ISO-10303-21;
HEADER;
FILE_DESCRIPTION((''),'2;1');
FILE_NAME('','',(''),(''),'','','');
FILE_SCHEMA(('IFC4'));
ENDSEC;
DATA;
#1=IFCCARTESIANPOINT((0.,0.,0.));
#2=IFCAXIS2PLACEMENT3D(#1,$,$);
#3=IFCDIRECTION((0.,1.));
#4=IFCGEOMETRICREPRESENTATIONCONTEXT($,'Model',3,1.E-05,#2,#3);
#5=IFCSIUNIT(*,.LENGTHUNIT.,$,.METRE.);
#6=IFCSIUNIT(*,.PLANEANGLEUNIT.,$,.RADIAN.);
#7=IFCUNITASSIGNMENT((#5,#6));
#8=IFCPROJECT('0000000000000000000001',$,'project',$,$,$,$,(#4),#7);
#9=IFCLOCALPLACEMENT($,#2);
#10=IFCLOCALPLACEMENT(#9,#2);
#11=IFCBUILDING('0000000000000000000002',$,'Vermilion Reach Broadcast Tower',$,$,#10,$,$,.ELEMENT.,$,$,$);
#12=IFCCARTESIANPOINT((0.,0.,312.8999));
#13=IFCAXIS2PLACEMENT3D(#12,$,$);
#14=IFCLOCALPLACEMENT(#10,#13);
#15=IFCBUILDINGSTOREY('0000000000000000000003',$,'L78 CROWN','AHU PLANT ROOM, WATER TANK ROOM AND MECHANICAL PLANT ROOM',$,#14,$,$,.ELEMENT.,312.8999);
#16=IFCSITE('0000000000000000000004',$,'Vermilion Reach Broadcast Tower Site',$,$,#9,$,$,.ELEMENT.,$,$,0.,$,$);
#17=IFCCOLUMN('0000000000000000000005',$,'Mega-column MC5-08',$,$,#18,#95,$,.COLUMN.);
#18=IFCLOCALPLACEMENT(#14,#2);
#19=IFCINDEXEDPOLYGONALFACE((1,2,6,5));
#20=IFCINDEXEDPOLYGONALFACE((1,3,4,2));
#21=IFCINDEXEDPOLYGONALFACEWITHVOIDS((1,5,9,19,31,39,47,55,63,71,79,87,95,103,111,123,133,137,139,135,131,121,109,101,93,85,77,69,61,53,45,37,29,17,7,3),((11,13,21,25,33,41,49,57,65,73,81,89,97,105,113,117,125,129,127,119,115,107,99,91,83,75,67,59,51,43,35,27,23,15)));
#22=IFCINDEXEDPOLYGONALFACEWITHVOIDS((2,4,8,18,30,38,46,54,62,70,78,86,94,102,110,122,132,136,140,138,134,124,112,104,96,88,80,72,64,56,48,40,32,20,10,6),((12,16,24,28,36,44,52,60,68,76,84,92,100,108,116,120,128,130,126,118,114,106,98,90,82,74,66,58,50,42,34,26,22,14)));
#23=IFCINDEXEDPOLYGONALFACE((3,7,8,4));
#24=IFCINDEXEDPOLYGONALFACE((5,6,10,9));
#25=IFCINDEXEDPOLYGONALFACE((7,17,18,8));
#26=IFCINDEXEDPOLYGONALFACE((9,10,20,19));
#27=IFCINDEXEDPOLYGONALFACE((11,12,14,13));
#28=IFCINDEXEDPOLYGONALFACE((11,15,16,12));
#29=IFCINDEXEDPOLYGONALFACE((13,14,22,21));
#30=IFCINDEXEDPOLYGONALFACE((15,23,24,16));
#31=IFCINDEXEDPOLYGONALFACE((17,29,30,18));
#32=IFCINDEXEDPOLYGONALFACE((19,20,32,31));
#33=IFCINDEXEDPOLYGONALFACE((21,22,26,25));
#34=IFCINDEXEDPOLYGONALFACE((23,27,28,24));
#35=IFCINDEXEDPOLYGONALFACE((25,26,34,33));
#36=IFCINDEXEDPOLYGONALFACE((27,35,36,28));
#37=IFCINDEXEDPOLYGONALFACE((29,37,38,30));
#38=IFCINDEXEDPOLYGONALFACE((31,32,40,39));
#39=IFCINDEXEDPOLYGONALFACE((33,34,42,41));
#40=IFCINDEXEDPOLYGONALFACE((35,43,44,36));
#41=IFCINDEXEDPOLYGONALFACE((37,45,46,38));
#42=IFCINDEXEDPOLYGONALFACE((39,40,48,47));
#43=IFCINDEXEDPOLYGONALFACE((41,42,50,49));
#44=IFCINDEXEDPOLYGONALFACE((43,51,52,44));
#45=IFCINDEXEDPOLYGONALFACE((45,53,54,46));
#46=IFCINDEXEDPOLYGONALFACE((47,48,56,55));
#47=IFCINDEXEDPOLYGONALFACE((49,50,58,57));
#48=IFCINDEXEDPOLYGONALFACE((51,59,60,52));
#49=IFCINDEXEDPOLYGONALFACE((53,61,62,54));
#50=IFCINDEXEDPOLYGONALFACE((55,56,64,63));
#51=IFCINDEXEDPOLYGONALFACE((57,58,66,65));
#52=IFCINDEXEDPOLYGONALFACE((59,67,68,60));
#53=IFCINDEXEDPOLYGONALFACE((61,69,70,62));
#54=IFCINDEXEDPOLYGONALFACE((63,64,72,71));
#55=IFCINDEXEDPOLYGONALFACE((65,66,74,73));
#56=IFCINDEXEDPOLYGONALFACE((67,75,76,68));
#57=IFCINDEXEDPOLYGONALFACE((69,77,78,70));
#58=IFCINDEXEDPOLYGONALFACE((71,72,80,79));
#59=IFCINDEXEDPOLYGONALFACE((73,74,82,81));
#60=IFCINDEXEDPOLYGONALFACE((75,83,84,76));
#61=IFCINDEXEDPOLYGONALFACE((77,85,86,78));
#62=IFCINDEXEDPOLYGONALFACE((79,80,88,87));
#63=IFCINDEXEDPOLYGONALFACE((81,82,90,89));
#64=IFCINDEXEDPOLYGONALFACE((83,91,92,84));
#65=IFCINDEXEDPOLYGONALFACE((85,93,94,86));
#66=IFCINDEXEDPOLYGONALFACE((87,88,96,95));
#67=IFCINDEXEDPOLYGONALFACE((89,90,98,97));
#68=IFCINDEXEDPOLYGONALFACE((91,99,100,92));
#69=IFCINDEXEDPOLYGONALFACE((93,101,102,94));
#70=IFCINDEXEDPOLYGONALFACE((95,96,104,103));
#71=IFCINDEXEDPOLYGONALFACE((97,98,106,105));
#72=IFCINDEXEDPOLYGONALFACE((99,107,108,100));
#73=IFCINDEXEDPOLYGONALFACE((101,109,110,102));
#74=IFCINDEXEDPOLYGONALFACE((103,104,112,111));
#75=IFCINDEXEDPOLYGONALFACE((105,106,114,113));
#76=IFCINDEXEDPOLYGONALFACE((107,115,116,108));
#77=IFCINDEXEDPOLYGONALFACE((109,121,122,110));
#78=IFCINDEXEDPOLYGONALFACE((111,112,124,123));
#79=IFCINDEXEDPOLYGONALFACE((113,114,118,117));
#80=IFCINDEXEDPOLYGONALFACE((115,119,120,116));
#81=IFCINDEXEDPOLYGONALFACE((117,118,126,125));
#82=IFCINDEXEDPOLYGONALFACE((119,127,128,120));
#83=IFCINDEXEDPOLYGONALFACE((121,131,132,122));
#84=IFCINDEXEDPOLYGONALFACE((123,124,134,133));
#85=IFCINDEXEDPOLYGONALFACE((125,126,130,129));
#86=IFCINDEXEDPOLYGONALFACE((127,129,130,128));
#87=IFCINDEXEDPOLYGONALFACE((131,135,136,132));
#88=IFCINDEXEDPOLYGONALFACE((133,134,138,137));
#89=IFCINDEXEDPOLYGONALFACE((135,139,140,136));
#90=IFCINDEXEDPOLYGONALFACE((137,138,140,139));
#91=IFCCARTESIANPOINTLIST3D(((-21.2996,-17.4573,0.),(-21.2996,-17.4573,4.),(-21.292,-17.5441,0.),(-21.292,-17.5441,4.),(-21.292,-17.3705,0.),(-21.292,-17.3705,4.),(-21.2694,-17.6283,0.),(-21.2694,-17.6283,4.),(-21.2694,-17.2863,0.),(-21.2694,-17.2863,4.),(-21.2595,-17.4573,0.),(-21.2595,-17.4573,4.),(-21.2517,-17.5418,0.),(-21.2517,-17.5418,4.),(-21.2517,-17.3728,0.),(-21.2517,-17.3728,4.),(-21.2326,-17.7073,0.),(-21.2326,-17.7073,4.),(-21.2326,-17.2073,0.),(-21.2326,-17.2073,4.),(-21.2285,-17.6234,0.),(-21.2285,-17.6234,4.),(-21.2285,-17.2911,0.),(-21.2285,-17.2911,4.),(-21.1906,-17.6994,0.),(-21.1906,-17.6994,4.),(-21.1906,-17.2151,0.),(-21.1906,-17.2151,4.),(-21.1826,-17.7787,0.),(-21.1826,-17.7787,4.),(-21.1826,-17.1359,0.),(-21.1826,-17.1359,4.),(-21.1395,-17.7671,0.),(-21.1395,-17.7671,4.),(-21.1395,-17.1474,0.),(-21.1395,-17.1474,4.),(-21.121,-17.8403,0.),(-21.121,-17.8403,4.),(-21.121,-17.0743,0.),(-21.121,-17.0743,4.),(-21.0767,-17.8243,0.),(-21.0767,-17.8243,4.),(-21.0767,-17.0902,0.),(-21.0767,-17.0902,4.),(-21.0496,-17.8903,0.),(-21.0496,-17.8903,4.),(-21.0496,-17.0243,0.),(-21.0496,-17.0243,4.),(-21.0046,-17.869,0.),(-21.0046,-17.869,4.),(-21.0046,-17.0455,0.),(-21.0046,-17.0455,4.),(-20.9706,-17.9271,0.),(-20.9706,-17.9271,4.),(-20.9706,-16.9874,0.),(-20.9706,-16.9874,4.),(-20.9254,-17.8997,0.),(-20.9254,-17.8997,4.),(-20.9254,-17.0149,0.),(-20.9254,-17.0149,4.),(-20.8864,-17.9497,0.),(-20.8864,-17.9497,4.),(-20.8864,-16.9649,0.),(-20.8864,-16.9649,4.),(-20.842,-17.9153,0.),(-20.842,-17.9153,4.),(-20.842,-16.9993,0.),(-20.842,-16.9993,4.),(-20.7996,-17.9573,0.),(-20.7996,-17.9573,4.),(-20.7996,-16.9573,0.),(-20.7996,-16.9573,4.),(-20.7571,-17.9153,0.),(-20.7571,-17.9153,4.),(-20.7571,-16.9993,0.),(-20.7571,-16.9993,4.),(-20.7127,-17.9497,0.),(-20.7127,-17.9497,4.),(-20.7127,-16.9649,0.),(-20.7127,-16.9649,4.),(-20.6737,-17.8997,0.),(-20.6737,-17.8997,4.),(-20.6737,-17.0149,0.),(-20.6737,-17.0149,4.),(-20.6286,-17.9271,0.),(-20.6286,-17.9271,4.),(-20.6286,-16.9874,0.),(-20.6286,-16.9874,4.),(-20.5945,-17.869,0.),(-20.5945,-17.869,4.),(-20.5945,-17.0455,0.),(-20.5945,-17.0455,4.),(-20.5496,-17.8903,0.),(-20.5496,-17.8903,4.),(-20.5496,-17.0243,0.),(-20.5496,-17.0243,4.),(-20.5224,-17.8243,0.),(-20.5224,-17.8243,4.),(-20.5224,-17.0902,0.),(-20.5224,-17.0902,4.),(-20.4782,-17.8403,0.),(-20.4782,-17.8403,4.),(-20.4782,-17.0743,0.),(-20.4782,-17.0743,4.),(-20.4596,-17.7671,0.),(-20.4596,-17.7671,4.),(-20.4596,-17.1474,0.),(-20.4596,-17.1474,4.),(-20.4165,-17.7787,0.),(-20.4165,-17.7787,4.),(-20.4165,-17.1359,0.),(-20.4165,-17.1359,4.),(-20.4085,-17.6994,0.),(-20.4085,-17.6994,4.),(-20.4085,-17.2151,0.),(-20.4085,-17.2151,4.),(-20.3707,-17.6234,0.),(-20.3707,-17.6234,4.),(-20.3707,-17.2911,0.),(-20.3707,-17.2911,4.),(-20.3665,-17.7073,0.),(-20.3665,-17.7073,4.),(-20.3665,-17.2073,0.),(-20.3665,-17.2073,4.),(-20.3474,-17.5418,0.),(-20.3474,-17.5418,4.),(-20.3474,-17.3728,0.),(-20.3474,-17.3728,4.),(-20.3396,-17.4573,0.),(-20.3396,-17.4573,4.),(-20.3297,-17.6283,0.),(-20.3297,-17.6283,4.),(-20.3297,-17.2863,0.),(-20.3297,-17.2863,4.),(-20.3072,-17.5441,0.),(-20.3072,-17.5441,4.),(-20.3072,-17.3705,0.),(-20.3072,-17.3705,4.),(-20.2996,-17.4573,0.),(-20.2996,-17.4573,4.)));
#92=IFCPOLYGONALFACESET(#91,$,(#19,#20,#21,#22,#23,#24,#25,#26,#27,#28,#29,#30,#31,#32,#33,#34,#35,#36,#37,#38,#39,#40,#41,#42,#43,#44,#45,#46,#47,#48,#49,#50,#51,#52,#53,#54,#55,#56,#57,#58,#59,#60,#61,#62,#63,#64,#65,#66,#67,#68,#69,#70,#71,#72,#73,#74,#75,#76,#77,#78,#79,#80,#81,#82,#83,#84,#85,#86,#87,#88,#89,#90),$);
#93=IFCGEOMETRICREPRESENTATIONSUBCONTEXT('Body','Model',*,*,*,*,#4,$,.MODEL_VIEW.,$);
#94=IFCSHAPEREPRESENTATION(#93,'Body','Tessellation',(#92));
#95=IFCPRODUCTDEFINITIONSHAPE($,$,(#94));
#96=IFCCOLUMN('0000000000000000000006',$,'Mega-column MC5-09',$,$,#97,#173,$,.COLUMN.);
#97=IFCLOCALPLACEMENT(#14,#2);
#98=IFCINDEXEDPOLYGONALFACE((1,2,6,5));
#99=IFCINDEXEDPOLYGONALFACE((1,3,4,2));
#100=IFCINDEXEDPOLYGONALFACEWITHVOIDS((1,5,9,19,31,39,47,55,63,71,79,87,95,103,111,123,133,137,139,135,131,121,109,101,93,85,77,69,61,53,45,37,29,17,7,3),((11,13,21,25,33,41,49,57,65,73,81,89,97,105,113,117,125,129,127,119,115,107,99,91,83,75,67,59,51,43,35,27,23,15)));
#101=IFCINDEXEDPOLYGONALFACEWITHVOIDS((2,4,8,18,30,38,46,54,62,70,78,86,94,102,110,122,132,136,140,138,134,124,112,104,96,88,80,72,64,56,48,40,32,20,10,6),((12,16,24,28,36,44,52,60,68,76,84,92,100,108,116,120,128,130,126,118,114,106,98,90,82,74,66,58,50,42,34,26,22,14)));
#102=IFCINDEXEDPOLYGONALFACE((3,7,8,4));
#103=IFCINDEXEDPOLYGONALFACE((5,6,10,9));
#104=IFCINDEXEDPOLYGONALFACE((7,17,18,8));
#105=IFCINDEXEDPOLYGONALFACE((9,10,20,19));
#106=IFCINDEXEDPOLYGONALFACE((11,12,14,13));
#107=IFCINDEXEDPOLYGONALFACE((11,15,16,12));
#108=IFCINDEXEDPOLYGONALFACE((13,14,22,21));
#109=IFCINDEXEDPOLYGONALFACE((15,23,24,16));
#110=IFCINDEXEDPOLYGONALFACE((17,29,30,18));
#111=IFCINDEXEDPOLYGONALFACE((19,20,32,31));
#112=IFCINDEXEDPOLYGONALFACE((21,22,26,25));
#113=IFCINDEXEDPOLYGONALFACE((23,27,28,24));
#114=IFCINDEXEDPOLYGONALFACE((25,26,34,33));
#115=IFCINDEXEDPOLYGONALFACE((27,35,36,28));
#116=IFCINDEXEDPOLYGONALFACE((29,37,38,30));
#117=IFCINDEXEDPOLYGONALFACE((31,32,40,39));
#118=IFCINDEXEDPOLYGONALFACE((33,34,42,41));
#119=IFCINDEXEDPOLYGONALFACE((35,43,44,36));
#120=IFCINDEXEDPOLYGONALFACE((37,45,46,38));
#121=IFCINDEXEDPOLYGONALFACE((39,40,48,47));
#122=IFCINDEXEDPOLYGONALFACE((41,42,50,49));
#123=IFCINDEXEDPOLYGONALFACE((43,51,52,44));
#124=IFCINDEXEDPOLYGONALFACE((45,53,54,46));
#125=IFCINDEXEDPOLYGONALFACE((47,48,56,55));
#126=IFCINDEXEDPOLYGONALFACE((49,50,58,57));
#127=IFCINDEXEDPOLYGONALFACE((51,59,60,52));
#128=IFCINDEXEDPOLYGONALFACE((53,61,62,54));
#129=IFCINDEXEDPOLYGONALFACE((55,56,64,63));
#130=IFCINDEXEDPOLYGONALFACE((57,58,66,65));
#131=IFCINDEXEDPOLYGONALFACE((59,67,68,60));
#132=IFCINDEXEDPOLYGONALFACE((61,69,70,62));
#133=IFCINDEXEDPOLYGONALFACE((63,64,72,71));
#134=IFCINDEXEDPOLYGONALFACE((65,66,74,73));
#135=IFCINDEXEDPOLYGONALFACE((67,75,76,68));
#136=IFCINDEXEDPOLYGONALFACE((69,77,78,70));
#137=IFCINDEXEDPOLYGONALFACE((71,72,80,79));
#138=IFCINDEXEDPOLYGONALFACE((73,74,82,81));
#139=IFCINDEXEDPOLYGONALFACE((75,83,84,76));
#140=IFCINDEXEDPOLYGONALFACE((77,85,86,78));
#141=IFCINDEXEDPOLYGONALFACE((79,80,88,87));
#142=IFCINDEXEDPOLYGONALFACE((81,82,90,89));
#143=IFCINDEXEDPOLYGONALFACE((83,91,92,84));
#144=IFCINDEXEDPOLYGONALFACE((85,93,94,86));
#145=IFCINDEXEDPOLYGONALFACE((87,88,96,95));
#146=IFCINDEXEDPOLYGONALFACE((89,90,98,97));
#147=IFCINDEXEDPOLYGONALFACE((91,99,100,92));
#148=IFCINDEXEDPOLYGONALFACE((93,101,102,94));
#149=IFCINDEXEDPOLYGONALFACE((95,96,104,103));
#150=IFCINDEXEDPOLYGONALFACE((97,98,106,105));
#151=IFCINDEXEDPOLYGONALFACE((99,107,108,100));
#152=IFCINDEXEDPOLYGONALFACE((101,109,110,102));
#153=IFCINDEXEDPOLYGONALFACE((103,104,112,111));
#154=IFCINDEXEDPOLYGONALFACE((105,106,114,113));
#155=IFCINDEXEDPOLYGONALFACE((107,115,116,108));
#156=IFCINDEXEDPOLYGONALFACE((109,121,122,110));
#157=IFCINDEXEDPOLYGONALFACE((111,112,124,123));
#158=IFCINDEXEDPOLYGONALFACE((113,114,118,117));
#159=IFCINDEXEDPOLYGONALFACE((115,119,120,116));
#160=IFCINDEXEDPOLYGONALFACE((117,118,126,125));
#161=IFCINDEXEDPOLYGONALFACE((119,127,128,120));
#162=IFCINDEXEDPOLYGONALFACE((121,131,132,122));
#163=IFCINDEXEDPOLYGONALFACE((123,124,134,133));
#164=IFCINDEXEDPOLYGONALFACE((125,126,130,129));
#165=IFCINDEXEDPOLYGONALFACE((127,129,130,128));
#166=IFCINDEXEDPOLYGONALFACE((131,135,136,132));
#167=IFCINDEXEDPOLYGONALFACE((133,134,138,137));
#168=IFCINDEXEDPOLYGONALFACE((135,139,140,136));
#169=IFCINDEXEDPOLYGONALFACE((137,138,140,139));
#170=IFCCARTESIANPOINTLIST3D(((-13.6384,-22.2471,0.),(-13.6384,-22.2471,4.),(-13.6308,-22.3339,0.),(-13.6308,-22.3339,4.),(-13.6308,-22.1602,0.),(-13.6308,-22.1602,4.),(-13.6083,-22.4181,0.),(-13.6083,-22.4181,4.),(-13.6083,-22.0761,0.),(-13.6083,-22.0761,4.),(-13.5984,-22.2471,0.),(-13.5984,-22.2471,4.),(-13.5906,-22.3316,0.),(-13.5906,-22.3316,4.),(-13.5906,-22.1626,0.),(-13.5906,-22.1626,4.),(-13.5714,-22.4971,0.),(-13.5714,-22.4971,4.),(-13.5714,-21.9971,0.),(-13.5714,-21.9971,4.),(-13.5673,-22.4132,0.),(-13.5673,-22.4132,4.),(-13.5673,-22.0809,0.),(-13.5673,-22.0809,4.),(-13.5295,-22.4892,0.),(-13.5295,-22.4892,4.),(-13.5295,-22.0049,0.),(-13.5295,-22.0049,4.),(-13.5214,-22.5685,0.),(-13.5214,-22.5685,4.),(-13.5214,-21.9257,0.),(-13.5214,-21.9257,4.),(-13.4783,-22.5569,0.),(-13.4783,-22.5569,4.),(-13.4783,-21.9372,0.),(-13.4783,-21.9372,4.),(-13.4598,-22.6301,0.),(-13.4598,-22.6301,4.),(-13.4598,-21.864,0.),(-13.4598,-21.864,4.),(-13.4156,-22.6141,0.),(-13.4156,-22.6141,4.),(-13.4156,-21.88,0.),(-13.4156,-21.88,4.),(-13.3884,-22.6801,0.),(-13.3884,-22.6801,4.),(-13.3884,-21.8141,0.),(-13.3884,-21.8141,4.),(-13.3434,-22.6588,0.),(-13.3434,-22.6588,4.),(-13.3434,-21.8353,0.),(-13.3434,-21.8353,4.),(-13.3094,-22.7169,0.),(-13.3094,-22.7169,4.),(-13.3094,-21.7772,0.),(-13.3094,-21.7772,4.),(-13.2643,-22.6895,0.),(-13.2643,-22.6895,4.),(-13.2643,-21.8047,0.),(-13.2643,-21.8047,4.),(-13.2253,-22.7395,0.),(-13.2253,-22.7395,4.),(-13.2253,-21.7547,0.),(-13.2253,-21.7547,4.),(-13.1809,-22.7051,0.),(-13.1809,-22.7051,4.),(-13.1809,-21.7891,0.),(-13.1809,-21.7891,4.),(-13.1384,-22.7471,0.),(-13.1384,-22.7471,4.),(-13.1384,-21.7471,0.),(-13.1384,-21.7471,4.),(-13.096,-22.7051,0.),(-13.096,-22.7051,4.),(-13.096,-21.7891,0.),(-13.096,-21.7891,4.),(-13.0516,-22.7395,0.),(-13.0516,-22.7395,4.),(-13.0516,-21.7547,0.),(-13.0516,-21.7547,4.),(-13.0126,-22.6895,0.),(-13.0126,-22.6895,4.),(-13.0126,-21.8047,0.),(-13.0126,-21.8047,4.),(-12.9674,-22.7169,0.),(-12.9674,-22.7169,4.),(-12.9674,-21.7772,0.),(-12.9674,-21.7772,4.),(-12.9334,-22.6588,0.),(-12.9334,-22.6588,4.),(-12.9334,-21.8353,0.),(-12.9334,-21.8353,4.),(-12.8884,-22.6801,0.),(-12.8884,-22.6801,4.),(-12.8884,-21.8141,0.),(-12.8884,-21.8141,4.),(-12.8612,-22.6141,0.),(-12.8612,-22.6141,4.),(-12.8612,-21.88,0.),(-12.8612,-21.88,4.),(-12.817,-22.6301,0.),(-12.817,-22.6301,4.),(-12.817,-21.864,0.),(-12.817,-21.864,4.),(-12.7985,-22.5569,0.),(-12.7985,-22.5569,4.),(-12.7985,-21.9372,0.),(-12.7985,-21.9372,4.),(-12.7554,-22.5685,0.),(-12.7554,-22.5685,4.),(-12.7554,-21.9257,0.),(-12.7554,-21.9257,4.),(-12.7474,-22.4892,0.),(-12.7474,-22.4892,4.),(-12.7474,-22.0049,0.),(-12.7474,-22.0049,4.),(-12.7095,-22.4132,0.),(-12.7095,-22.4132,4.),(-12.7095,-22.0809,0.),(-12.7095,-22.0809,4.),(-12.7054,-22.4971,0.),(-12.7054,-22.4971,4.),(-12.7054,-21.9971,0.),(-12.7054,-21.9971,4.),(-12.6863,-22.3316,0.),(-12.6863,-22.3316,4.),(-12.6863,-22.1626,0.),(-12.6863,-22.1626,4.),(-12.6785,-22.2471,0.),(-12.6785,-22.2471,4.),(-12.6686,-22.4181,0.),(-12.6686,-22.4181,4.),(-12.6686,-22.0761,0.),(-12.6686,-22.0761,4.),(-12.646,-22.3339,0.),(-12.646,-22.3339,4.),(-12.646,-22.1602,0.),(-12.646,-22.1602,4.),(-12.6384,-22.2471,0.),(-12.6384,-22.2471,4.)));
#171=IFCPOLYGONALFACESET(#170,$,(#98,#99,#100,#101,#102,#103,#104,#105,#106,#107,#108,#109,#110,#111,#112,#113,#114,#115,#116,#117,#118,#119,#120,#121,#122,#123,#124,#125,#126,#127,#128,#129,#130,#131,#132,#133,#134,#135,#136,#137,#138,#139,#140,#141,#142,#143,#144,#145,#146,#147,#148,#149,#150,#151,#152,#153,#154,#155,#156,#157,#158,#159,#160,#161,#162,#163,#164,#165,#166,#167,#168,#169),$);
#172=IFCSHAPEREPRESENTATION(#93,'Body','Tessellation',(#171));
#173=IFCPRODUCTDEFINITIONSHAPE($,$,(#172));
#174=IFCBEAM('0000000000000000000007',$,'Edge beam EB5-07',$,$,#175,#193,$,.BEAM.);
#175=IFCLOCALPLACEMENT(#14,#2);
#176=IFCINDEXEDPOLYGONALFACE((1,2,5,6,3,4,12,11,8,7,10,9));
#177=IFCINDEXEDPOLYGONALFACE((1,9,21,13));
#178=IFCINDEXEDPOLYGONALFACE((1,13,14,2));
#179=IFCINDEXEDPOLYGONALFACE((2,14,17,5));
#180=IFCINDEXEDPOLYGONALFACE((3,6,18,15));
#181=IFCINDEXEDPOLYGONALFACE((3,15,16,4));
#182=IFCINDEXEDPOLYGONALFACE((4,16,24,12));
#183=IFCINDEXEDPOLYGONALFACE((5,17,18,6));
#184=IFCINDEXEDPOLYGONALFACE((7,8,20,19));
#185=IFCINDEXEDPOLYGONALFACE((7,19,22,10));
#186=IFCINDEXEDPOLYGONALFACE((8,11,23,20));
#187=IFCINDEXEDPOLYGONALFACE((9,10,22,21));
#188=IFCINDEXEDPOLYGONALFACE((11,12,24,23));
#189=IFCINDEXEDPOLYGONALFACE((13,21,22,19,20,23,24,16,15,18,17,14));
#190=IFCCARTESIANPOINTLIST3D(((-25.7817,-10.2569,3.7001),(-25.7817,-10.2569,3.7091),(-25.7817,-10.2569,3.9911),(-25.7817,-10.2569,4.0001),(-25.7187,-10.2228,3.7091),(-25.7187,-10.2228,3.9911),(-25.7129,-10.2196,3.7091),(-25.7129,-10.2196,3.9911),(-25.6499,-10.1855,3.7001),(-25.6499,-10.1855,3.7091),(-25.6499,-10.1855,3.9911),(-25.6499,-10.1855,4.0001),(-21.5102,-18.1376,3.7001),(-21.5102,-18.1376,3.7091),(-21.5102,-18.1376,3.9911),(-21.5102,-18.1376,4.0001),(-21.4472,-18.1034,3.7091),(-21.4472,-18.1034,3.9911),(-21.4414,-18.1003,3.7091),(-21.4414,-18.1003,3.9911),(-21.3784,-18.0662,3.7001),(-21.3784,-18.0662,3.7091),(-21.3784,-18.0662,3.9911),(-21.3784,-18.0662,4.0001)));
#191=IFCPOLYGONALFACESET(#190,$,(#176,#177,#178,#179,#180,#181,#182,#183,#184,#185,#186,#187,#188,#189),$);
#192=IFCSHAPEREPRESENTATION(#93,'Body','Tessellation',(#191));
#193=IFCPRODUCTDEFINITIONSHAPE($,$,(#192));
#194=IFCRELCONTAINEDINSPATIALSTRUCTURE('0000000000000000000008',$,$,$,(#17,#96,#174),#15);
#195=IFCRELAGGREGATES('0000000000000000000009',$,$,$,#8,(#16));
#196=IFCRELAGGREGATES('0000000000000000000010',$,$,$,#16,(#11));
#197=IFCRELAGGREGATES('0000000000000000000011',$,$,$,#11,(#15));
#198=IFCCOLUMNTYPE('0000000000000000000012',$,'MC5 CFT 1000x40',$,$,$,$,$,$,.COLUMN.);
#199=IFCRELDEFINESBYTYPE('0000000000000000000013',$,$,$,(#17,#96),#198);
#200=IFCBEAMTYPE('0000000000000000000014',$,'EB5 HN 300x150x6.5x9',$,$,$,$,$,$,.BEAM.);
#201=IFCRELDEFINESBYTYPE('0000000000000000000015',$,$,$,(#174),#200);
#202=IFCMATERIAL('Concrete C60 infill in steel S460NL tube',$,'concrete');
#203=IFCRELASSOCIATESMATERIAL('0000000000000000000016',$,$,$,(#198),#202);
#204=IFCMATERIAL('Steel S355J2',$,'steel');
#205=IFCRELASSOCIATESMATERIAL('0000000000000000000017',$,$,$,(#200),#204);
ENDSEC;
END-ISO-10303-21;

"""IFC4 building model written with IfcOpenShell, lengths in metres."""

from ifc_helpers import new_model, si_unit, direction, frame, origin, origin_2d, place, context, subcontext, project, spatial, hollow_circle, i_section, extrude, material, material_profile, profile_set, type_object, element, save


model = new_model("IFC4")

# Units and contexts
model_context = context("Model", 3, precision=1e-05, world=origin(), true_north=direction((0.0, 1.0)))
body_context = subcontext(model_context, "Body", "Model", "MODEL_VIEW")
ifc_project = project(units=[si_unit("LENGTHUNIT", "METRE"), si_unit("PLANEANGLEUNIT", "RADIAN")], contexts=[model_context])

# Site, building, storey
site_placement = place(None, origin())
site = spatial("IfcSite", under=ifc_project, at=site_placement, Name="Vermilion Reach Broadcast Tower Site", CompositionType="ELEMENT", RefElevation=0.0)
building_placement = place(site_placement, origin())
building = spatial("IfcBuilding", under=site, at=building_placement, Name="Vermilion Reach Broadcast Tower", CompositionType="ELEMENT")
storey_placement = place(building_placement, frame((0.0, 0.0, 312.8999)))
storey = spatial("IfcBuildingStorey", under=building, at=storey_placement, Name="L78 CROWN", Description="AHU PLANT ROOM, WATER TANK ROOM AND MECHANICAL PLANT ROOM", CompositionType="ELEMENT", Elevation=312.8999)

# Columns
ifc_material_1 = material(Name="Concrete C60 infill in steel S460NL tube", Category="concrete")
ifc_material_profile_1 = material_profile(ifc_material_1, hollow_circle(Radius=0.5, WallThickness=0.04, at=origin_2d()), Name="Concrete C60 infill in steel S460NL tube CFT 1000x40")
ifc_profile_set_1 = profile_set([ifc_material_profile_1], Name="Concrete C60 infill in steel S460NL tube")
column_type = type_object("IfcColumnType", Name="MC5 CFT 1000x40", PredefinedType="COLUMN", material=ifc_profile_set_1)
for number, where, z_axis, x_axis, name in (
    (1, (-20.7996, -17.4573, 0.0), (0.0, 0.0, 1.0), (1.0, 0.0, 0.0), "Mega-column MC5-08"),
    (2, (-13.1384, -22.2471, 0.0), (0.0, 0.0, 1.0), (1.0, 0.0, 0.0), "Mega-column MC5-09"),
):
    element("IfcColumn", number, at=place(storey_placement, frame(where, z_axis=z_axis, x_axis=x_axis)), inside=storey, type_object=column_type, Name=name, PredefinedType="COLUMN", context=body_context, shape_type="SweptSolid", body=[
        extrude(hollow_circle(Radius=0.5, WallThickness=0.04, at=origin_2d()), origin(), (0.0, 0.0, 1.0), 4.0),
    ])

# Beam
ifc_material_2 = material(Name="Steel S355J2", Category="steel")
ifc_material_profile_2 = material_profile(ifc_material_2, i_section(OverallWidth=0.1499, OverallDepth=0.3, WebThickness=0.0066, FlangeThickness=0.009, at=origin_2d()), Name="S355J2 HN 300x150x6.5x9")
ifc_profile_set_2 = profile_set([ifc_material_profile_2], Name="Steel S355J2")
beam_type_1 = type_object("IfcBeamType", Name="EB5 HN 300x150x6.5x9", PredefinedType="BEAM", material=ifc_profile_set_2)
beam_1_placement = place(storey_placement, frame((-25.7158, -10.2212, 3.8501), z_axis=(0.476526, -0.87916, 0.0), x_axis=(0.87916, 0.476526, 0.0)))
element("IfcBeam", 3, at=beam_1_placement, inside=storey, type_object=beam_type_1, Name="Edge beam EB5-07", PredefinedType="BEAM", context=body_context, shape_type="SweptSolid", body=[
    extrude(i_section(OverallWidth=0.1499, OverallDepth=0.3, WebThickness=0.0066, FlangeThickness=0.009, at=origin_2d()), origin(), (0.0, 0.0, 1.0), 8.9639),
])

save(model, "model.ifc")
